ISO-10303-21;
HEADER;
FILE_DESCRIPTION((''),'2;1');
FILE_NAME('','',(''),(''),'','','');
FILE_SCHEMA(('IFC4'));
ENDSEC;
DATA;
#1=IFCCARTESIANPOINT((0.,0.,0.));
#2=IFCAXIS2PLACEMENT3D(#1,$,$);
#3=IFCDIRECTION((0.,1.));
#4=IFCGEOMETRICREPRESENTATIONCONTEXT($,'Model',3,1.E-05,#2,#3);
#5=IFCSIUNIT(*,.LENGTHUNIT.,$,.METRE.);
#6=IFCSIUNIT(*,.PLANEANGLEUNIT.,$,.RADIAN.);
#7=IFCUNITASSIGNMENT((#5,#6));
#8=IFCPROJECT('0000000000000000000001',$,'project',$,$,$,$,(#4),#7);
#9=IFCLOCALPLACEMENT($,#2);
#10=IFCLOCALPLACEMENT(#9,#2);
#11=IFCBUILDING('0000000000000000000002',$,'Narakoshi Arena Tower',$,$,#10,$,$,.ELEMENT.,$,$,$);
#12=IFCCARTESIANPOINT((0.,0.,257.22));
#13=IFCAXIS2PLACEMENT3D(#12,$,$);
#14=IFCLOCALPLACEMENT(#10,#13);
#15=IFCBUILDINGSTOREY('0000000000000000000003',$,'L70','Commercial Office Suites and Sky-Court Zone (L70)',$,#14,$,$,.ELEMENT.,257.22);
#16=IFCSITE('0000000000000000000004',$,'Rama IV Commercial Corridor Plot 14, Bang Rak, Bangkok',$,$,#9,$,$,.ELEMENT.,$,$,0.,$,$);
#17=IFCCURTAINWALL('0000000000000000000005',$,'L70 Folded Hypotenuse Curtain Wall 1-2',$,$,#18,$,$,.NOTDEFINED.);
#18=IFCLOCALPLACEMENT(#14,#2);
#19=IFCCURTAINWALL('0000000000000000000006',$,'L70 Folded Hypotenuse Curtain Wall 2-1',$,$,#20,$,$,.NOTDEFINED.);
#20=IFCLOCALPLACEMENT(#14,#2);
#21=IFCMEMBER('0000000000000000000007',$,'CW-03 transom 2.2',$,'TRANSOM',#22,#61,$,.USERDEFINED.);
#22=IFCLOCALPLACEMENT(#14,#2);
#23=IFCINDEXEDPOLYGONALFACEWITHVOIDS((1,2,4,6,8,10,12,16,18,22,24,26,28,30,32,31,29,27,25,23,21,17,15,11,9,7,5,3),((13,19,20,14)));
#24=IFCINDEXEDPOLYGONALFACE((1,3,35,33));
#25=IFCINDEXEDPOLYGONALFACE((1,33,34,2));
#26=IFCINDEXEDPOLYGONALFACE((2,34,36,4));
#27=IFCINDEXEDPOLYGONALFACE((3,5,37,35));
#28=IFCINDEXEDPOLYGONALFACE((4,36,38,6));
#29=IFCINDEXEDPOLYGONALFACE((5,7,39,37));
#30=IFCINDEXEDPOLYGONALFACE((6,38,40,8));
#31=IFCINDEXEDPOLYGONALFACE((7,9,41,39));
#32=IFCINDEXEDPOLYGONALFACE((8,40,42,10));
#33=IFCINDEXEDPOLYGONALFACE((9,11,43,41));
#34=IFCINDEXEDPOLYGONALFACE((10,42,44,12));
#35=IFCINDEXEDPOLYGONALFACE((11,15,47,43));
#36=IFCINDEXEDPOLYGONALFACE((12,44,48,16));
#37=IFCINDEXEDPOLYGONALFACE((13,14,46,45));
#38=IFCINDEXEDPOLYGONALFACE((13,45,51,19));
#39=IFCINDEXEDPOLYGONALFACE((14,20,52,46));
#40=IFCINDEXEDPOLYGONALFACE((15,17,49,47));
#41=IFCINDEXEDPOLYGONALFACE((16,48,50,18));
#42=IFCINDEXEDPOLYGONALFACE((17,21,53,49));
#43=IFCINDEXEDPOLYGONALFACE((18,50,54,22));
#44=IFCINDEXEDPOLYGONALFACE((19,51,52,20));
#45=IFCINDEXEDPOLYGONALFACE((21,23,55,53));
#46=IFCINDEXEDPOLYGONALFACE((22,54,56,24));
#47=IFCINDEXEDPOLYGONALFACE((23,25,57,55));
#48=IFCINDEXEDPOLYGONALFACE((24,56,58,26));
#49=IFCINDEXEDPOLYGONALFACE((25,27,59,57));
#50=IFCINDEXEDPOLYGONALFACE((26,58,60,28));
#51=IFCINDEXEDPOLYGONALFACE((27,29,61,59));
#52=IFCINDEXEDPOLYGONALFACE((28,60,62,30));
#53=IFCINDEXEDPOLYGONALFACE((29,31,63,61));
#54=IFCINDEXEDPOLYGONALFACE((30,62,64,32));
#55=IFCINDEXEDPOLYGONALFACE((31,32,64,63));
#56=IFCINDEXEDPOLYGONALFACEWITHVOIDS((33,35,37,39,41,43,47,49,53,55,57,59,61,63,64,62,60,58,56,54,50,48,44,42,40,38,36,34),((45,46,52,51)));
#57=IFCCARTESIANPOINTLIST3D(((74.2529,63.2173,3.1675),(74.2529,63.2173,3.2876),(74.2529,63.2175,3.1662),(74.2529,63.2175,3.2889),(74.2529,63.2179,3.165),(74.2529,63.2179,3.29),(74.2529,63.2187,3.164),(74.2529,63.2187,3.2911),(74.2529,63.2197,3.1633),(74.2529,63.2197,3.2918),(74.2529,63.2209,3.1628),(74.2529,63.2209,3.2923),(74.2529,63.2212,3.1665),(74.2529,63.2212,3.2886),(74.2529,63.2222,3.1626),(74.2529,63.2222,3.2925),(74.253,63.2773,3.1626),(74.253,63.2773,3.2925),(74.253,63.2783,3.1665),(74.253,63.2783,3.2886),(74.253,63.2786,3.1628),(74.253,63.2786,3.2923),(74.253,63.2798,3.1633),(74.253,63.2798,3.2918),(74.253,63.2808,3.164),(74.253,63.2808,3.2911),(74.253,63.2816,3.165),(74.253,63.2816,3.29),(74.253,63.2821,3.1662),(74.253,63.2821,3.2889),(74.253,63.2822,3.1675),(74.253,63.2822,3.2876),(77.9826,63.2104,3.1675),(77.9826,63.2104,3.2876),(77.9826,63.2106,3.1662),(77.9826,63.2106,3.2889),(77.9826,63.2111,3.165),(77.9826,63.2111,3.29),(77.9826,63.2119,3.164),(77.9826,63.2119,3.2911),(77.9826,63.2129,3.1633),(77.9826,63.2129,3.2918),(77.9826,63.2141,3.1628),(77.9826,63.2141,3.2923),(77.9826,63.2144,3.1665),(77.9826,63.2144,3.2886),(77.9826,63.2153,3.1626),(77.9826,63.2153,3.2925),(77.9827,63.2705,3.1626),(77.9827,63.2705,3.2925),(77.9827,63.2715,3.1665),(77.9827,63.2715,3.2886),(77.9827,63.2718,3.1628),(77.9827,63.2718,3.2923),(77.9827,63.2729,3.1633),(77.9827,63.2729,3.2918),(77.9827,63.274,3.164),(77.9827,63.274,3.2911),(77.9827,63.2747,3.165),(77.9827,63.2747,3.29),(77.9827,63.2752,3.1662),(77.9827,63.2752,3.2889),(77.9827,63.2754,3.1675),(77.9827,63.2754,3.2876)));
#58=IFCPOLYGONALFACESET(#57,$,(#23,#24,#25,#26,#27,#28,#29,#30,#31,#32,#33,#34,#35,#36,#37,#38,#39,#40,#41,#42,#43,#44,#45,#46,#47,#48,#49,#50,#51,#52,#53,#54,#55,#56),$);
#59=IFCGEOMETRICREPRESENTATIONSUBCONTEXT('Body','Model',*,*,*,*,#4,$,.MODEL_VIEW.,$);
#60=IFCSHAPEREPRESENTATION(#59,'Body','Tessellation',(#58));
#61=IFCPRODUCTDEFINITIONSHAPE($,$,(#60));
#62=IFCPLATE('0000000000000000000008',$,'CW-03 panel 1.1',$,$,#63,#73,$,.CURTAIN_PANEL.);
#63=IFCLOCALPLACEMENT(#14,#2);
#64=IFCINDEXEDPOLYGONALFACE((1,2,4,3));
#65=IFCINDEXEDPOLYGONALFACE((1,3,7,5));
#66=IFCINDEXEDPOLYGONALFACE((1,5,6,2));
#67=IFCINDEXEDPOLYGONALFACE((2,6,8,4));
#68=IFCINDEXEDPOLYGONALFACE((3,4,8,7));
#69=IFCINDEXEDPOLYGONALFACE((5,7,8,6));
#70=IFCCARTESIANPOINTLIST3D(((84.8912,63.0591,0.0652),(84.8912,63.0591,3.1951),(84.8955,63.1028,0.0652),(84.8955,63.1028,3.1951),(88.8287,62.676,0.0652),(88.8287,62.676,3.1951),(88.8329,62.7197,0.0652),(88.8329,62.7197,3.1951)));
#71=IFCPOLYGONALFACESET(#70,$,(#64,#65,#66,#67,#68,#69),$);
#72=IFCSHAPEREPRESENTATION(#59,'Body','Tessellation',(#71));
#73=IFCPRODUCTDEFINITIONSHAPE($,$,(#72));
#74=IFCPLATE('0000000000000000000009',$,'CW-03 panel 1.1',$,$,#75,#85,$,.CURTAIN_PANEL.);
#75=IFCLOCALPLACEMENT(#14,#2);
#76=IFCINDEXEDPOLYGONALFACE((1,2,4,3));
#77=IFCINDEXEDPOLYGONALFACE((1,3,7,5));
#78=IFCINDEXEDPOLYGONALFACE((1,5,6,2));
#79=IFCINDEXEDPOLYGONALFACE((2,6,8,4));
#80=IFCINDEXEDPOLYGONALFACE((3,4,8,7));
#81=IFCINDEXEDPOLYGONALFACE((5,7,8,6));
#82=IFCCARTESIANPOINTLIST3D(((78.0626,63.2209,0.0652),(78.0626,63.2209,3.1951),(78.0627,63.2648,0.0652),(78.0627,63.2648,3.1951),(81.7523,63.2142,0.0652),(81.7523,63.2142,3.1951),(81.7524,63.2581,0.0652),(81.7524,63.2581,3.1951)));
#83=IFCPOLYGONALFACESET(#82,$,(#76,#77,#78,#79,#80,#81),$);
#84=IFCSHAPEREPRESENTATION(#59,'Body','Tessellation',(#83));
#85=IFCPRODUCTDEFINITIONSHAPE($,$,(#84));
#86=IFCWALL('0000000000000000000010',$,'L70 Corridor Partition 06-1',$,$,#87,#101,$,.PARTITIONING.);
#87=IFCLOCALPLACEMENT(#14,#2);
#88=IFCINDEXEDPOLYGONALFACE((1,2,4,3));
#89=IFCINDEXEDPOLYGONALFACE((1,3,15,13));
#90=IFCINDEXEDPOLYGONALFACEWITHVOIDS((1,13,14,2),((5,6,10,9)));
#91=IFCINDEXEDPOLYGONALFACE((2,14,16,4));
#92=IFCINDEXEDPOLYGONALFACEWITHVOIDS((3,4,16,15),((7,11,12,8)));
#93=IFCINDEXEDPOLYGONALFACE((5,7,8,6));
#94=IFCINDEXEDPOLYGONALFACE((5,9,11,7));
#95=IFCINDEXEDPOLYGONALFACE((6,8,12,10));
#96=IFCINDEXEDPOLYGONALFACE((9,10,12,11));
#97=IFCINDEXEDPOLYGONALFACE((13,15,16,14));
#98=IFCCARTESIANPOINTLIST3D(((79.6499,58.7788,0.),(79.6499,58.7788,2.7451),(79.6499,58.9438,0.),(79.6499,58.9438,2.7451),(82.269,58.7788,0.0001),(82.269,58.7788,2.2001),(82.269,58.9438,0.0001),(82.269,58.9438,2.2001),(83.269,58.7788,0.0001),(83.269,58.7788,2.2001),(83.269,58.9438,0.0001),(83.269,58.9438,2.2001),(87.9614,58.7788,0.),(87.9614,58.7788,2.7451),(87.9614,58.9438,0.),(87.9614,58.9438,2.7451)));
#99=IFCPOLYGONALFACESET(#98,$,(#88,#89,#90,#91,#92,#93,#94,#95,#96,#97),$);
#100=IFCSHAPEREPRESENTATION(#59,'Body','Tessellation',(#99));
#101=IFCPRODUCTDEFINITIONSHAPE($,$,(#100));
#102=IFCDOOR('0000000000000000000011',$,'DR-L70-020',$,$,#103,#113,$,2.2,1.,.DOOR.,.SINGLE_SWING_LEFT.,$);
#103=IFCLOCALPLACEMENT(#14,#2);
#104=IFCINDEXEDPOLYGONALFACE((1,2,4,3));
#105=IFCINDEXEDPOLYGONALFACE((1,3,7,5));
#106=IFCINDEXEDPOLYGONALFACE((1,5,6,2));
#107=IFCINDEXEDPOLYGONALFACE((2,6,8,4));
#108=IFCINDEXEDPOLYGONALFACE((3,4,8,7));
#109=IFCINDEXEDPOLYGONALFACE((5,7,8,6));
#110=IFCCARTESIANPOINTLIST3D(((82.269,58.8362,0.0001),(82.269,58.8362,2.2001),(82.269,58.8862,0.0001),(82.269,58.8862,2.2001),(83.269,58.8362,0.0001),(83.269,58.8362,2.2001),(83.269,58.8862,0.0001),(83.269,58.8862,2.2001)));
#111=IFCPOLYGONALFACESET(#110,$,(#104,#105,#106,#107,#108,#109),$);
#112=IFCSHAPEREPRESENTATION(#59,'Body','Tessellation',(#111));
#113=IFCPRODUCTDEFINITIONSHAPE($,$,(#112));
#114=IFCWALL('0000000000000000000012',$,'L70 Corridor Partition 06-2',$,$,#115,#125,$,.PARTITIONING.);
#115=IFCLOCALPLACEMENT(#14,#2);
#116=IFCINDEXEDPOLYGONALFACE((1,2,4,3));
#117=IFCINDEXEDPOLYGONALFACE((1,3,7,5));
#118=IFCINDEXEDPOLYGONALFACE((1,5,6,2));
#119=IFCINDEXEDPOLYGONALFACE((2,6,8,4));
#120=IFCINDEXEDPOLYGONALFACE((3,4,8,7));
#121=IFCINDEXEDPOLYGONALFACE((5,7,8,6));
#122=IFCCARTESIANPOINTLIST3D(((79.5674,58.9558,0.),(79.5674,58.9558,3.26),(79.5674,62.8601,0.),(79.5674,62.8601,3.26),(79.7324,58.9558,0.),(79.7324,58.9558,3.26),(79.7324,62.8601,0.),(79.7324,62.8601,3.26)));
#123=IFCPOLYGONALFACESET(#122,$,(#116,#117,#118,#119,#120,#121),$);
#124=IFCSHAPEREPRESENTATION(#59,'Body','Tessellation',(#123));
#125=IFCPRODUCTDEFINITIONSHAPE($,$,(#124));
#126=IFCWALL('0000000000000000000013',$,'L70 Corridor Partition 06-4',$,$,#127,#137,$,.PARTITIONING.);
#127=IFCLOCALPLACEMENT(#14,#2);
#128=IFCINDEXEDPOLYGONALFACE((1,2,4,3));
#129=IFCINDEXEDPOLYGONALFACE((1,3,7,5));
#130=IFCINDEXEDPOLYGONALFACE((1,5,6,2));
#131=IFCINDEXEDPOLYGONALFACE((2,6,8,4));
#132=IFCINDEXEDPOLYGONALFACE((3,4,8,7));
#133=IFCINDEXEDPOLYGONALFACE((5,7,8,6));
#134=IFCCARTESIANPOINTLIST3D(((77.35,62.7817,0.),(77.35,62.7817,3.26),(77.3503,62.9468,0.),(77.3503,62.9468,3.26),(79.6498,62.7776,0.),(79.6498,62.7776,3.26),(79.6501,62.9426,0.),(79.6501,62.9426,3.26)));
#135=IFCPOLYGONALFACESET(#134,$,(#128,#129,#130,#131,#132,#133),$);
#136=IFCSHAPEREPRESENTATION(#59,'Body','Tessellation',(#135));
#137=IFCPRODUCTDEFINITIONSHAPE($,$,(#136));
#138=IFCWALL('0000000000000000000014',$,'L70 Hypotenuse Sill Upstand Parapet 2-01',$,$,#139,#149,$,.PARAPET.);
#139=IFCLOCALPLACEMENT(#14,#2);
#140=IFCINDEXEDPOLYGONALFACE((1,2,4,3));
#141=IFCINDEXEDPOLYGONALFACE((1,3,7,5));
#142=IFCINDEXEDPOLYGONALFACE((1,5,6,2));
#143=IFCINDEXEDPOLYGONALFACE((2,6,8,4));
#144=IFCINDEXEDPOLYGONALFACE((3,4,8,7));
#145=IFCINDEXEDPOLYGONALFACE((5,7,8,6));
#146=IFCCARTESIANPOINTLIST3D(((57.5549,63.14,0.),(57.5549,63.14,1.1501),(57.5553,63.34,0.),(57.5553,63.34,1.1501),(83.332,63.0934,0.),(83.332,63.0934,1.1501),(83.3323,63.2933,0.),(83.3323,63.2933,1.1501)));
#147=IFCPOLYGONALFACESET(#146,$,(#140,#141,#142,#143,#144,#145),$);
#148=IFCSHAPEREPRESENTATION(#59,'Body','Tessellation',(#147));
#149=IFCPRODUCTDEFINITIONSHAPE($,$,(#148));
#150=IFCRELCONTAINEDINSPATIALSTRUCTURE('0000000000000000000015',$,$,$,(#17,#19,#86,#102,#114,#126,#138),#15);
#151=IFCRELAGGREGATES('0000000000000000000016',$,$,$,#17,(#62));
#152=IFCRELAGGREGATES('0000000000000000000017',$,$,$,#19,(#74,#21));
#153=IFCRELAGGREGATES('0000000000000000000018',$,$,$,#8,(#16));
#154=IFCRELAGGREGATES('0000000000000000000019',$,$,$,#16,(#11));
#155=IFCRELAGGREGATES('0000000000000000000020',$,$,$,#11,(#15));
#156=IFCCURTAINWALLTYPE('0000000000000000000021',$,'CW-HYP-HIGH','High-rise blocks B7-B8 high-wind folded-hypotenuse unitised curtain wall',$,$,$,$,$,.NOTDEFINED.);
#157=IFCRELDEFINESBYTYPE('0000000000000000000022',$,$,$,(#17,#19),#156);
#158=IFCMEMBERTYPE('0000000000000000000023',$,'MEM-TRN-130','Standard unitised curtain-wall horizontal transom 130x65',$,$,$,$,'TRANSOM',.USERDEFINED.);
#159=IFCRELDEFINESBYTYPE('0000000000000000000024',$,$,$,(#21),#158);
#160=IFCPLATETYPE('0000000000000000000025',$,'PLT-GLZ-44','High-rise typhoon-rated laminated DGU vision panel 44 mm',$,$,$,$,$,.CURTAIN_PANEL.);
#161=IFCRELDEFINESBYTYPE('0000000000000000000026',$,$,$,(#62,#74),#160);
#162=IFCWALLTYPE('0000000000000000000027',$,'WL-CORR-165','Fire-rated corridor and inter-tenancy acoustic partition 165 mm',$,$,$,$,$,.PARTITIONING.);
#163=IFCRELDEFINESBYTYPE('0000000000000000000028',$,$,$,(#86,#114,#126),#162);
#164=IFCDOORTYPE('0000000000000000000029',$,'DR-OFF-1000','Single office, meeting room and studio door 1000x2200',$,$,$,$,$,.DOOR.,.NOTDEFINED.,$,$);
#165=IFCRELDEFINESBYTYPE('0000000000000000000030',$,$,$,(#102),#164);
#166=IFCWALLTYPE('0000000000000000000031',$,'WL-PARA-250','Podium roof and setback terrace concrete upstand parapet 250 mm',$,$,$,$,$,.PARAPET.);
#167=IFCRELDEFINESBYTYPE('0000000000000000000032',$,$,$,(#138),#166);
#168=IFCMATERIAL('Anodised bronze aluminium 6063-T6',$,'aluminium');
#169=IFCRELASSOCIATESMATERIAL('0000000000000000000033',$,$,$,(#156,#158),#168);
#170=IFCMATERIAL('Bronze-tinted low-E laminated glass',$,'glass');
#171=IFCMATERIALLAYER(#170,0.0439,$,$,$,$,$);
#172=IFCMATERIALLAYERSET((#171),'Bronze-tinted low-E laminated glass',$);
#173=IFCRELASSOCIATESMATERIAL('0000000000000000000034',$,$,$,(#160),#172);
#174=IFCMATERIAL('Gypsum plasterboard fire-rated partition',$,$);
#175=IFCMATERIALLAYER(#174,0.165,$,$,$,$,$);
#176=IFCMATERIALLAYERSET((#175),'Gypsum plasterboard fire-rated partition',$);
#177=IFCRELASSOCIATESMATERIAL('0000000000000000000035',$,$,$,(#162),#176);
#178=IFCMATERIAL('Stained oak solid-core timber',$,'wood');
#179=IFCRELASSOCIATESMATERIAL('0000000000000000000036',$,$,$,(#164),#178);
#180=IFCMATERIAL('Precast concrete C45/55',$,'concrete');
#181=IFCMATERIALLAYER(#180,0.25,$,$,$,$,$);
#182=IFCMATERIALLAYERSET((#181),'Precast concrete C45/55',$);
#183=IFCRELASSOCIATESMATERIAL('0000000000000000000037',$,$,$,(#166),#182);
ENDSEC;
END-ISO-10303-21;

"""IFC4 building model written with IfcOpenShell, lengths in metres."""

from ifc_helpers import new_model, si_unit, direction, frame, frame_2d, origin, origin_2d, place, context, subcontext, project, spatial, rectangle, hollow_rectangle, extrude, material, layer, layer_set, material_profile, profile_set, type_object, element, fill, aggregate, save


model = new_model("IFC4")

# Units and contexts
model_context = context("Model", 3, precision=1e-05, world=origin(), true_north=direction((0.0, 1.0)))
body_context = subcontext(model_context, "Body", "Model", "MODEL_VIEW")
ifc_project = project(units=[si_unit("LENGTHUNIT", "METRE"), si_unit("PLANEANGLEUNIT", "RADIAN")], contexts=[model_context])

# Site, building, storey
site_placement = place(None, origin())
site = spatial("IfcSite", under=ifc_project, at=site_placement, Name="Rama IV Commercial Corridor Plot 14, Bang Rak, Bangkok", CompositionType="ELEMENT", RefElevation=0.0)
building_placement = place(site_placement, origin())
building = spatial("IfcBuilding", under=site, at=building_placement, Name="Narakoshi Arena Tower", CompositionType="ELEMENT")
storey_placement = place(building_placement, frame((0.0, 0.0, 257.22)))
storey = spatial("IfcBuildingStorey", under=building, at=storey_placement, Name="L70", Description="Commercial Office Suites and Sky-Court Zone (L70)", CompositionType="ELEMENT", Elevation=257.22)

# Curtain wall
ifc_material_1 = material(Name="Anodised bronze aluminium 6063-T6", Category="aluminium")
curtain_wall_type = type_object("IfcCurtainWallType", Name="CW-HYP-HIGH", Description="High-rise blocks B7-B8 high-wind folded-hypotenuse unitised curtain wall", PredefinedType="NOTDEFINED", material=ifc_material_1)
curtain_wall_1_placement = place(storey_placement, origin())
curtain_wall_1 = element("IfcCurtainWall", 1, at=curtain_wall_1_placement, inside=storey, type_object=curtain_wall_type, Name="L70 Folded Hypotenuse Curtain Wall 1-2", PredefinedType="NOTDEFINED")

# Curtain wall, member
curtain_wall_2_placement = place(storey_placement, origin())
curtain_wall_2 = element("IfcCurtainWall", 2, at=curtain_wall_2_placement, inside=storey, type_object=curtain_wall_type, Name="L70 Folded Hypotenuse Curtain Wall 2-1", PredefinedType="NOTDEFINED")
ifc_material_profile_1 = material_profile(ifc_material_1, hollow_rectangle(XDim=0.0649, YDim=0.1299, WallThickness=0.0039, OuterFilletRadius=0.0049, at=origin_2d()), Name="TRN130x65x4")
ifc_profile_set_1 = profile_set([ifc_material_profile_1], Name="Anodised bronze aluminium 6063-T6")
member_type_1 = type_object("IfcMemberType", Name="MEM-TRN-130", Description="Standard unitised curtain-wall horizontal transom 130x65", ElementType="TRANSOM", PredefinedType="USERDEFINED", material=ifc_profile_set_1)
member_1_placement = place(storey_placement, frame((77.9827, 63.2429, 3.2275), z_axis=(-0.999998, 0.001833, 0.0), x_axis=(-0.001833, -0.999998, 0.0)))
member_1 = element("IfcMember", 3, at=member_1_placement, type_object=member_type_1, Name="CW-03 transom 2.2", ObjectType="TRANSOM", PredefinedType="USERDEFINED", context=body_context, shape_type="SweptSolid", body=[
    extrude(hollow_rectangle(XDim=0.0649, YDim=0.1299, WallThickness=0.0039, OuterFilletRadius=0.0049, at=origin_2d()), origin(), (0.0, 0.0, 1.0), 3.7297),
])

# Plates
ifc_material_2 = material(Name="Bronze-tinted low-E laminated glass", Category="glass")
ifc_layer_1 = layer(ifc_material_2, 0.0439)
ifc_layer_set_1 = layer_set([ifc_layer_1], Name="Bronze-tinted low-E laminated glass")
plate_type = type_object("IfcPlateType", Name="PLT-GLZ-44", Description="High-rise typhoon-rated laminated DGU vision panel 44 mm", PredefinedType="CURTAIN_PANEL", material=ifc_layer_set_1)
plate_1_placement = place(storey_placement, frame((86.8621, 62.8894, 0.0652), z_axis=(0.0, 0.0, 1.0), x_axis=(-0.9953, 0.096843, 0.0)))
plate_1 = element("IfcPlate", 4, at=plate_1_placement, type_object=plate_type, Name="CW-03 panel 1.1", PredefinedType="CURTAIN_PANEL", context=body_context, shape_type="SweptSolid", body=[
    extrude(rectangle(XDim=3.9561, YDim=0.0439, at=origin_2d()), origin(), (0.0, 0.0, 1.0), 3.1299),
])
aggregate(curtain_wall_1, [plate_1])
plate_2_placement = place(storey_placement, frame((79.9075, 63.2395, 0.0652), z_axis=(0.0, 0.0, 1.0), x_axis=(-0.999998, 0.00182, 0.0)))
plate_2 = element("IfcPlate", 5, at=plate_2_placement, type_object=plate_type, Name="CW-03 panel 1.1", PredefinedType="CURTAIN_PANEL", context=body_context, shape_type="SweptSolid", body=[
    extrude(rectangle(XDim=3.6897, YDim=0.0439, at=origin_2d()), origin(), (0.0, 0.0, 1.0), 3.1299),
])
aggregate(curtain_wall_2, [plate_2, member_1])

# Wall, opening, door
ifc_material_3 = material(Name="Gypsum plasterboard fire-rated partition")
ifc_layer_2 = layer(ifc_material_3, 0.165)
ifc_layer_set_2 = layer_set([ifc_layer_2], Name="Gypsum plasterboard fire-rated partition")
wall_type_1 = type_object("IfcWallType", Name="WL-CORR-165", Description="Fire-rated corridor and inter-tenancy acoustic partition 165 mm", PredefinedType="PARTITIONING", material=ifc_layer_set_2)
wall_1_placement = place(storey_placement, frame((87.9614, 58.8613, 0.0), z_axis=(0.0, 0.0, 1.0), x_axis=(-1.0, 0.0, 0.0)))
wall_1 = element("IfcWall", 6, at=wall_1_placement, inside=storey, type_object=wall_type_1, Name="L70 Corridor Partition 06-1", PredefinedType="PARTITIONING", context=body_context, shape_type="SweptSolid", body=[
    extrude(rectangle(XDim=8.3115, YDim=0.165, at=frame_2d((4.1558, 0.0))), origin(), (0.0, 0.0, 1.0), 2.7451),
])
opening_placement = place(wall_1_placement, frame((4.6924, 0.0, 0.0)))
opening = element("IfcOpeningElement", 7, at=opening_placement, cuts=wall_1, PredefinedType="OPENING", context=body_context, shape_type="SweptSolid", body=[
    extrude(rectangle(XDim=1.0, YDim=2.2, at=frame_2d((0.5, 1.1001))), frame((0.0, 0.0925, 0.0), z_axis=(0.0, -1.0, 0.0), x_axis=(1.0, 0.0, 0.0)), (0.0, 0.0, 1.0), 0.1851),
])
ifc_material_4 = material(Name="Stained oak solid-core timber", Category="wood")
door_type = type_object("IfcDoorType", Name="DR-OFF-1000", Description="Single office, meeting room and studio door 1000x2200", OperationType="NOTDEFINED", PredefinedType="DOOR", material=ifc_material_4)
door_placement = place(opening_placement, frame((1.0, 0.0, 0.0), z_axis=(0.0, 0.0, 1.0), x_axis=(-1.0, 0.0, 0.0)))
door = element("IfcDoor", 8, at=door_placement, inside=storey, type_object=door_type, Name="DR-L70-020", OperationType="SINGLE_SWING_LEFT", OverallHeight=2.2, OverallWidth=1.0, PredefinedType="DOOR", context=body_context, shape_type="SweptSolid", body=[
    extrude(rectangle(XDim=1.0, YDim=2.2, at=frame_2d((0.5, 1.1001))), frame((0.0, 0.0249, 0.0), z_axis=(0.0, -1.0, 0.0), x_axis=(1.0, 0.0, 0.0)), (0.0, 0.0, 1.0), 0.05),
])
fill(opening, door)

# Walls
wall_2_placement = place(storey_placement, frame((79.6499, 58.9558, 0.0), z_axis=(0.0, 0.0, 1.0), x_axis=(0.0, 1.0, 0.0)))
element("IfcWall", 9, at=wall_2_placement, inside=storey, type_object=wall_type_1, Name="L70 Corridor Partition 06-2", PredefinedType="PARTITIONING", context=body_context, shape_type="SweptSolid", body=[
    extrude(rectangle(XDim=3.9043, YDim=0.165, at=frame_2d((1.9521, 0.0))), origin(), (0.0, 0.0, 1.0), 3.26),
])
wall_3_placement = place(storey_placement, frame((79.6499, 62.8601, 0.0), z_axis=(0.0, 0.0, 1.0), x_axis=(-0.999998, 0.001805, 0.0)))
element("IfcWall", 10, at=wall_3_placement, inside=storey, type_object=wall_type_1, Name="L70 Corridor Partition 06-4", PredefinedType="PARTITIONING", context=body_context, shape_type="SweptSolid", body=[
    extrude(rectangle(XDim=2.2998, YDim=0.165, at=frame_2d((1.1499, 0.0))), origin(), (0.0, 0.0, 1.0), 3.26),
])
ifc_material_5 = material(Name="Precast concrete C45/55", Category="concrete")
ifc_layer_3 = layer(ifc_material_5, 0.25)
ifc_layer_set_3 = layer_set([ifc_layer_3], Name="Precast concrete C45/55")
wall_type_2 = type_object("IfcWallType", Name="WL-PARA-250", Description="Podium roof and setback terrace concrete upstand parapet 250 mm", PredefinedType="PARAPET", material=ifc_layer_set_3)
wall_4_placement = place(storey_placement, frame((83.3323, 63.1934, 0.0), z_axis=(0.0, 0.0, 1.0), x_axis=(-0.999998, 0.001809, 0.0)))
element("IfcWall", 11, at=wall_4_placement, inside=storey, type_object=wall_type_2, Name="L70 Hypotenuse Sill Upstand Parapet 2-01", PredefinedType="PARAPET", context=body_context, shape_type="SweptSolid", body=[
    extrude(rectangle(XDim=25.7771, YDim=0.2, at=frame_2d((12.8887, 0.0))), origin(), (0.0, 0.0, 1.0), 1.1501),
])

save(model, "model.ifc")
